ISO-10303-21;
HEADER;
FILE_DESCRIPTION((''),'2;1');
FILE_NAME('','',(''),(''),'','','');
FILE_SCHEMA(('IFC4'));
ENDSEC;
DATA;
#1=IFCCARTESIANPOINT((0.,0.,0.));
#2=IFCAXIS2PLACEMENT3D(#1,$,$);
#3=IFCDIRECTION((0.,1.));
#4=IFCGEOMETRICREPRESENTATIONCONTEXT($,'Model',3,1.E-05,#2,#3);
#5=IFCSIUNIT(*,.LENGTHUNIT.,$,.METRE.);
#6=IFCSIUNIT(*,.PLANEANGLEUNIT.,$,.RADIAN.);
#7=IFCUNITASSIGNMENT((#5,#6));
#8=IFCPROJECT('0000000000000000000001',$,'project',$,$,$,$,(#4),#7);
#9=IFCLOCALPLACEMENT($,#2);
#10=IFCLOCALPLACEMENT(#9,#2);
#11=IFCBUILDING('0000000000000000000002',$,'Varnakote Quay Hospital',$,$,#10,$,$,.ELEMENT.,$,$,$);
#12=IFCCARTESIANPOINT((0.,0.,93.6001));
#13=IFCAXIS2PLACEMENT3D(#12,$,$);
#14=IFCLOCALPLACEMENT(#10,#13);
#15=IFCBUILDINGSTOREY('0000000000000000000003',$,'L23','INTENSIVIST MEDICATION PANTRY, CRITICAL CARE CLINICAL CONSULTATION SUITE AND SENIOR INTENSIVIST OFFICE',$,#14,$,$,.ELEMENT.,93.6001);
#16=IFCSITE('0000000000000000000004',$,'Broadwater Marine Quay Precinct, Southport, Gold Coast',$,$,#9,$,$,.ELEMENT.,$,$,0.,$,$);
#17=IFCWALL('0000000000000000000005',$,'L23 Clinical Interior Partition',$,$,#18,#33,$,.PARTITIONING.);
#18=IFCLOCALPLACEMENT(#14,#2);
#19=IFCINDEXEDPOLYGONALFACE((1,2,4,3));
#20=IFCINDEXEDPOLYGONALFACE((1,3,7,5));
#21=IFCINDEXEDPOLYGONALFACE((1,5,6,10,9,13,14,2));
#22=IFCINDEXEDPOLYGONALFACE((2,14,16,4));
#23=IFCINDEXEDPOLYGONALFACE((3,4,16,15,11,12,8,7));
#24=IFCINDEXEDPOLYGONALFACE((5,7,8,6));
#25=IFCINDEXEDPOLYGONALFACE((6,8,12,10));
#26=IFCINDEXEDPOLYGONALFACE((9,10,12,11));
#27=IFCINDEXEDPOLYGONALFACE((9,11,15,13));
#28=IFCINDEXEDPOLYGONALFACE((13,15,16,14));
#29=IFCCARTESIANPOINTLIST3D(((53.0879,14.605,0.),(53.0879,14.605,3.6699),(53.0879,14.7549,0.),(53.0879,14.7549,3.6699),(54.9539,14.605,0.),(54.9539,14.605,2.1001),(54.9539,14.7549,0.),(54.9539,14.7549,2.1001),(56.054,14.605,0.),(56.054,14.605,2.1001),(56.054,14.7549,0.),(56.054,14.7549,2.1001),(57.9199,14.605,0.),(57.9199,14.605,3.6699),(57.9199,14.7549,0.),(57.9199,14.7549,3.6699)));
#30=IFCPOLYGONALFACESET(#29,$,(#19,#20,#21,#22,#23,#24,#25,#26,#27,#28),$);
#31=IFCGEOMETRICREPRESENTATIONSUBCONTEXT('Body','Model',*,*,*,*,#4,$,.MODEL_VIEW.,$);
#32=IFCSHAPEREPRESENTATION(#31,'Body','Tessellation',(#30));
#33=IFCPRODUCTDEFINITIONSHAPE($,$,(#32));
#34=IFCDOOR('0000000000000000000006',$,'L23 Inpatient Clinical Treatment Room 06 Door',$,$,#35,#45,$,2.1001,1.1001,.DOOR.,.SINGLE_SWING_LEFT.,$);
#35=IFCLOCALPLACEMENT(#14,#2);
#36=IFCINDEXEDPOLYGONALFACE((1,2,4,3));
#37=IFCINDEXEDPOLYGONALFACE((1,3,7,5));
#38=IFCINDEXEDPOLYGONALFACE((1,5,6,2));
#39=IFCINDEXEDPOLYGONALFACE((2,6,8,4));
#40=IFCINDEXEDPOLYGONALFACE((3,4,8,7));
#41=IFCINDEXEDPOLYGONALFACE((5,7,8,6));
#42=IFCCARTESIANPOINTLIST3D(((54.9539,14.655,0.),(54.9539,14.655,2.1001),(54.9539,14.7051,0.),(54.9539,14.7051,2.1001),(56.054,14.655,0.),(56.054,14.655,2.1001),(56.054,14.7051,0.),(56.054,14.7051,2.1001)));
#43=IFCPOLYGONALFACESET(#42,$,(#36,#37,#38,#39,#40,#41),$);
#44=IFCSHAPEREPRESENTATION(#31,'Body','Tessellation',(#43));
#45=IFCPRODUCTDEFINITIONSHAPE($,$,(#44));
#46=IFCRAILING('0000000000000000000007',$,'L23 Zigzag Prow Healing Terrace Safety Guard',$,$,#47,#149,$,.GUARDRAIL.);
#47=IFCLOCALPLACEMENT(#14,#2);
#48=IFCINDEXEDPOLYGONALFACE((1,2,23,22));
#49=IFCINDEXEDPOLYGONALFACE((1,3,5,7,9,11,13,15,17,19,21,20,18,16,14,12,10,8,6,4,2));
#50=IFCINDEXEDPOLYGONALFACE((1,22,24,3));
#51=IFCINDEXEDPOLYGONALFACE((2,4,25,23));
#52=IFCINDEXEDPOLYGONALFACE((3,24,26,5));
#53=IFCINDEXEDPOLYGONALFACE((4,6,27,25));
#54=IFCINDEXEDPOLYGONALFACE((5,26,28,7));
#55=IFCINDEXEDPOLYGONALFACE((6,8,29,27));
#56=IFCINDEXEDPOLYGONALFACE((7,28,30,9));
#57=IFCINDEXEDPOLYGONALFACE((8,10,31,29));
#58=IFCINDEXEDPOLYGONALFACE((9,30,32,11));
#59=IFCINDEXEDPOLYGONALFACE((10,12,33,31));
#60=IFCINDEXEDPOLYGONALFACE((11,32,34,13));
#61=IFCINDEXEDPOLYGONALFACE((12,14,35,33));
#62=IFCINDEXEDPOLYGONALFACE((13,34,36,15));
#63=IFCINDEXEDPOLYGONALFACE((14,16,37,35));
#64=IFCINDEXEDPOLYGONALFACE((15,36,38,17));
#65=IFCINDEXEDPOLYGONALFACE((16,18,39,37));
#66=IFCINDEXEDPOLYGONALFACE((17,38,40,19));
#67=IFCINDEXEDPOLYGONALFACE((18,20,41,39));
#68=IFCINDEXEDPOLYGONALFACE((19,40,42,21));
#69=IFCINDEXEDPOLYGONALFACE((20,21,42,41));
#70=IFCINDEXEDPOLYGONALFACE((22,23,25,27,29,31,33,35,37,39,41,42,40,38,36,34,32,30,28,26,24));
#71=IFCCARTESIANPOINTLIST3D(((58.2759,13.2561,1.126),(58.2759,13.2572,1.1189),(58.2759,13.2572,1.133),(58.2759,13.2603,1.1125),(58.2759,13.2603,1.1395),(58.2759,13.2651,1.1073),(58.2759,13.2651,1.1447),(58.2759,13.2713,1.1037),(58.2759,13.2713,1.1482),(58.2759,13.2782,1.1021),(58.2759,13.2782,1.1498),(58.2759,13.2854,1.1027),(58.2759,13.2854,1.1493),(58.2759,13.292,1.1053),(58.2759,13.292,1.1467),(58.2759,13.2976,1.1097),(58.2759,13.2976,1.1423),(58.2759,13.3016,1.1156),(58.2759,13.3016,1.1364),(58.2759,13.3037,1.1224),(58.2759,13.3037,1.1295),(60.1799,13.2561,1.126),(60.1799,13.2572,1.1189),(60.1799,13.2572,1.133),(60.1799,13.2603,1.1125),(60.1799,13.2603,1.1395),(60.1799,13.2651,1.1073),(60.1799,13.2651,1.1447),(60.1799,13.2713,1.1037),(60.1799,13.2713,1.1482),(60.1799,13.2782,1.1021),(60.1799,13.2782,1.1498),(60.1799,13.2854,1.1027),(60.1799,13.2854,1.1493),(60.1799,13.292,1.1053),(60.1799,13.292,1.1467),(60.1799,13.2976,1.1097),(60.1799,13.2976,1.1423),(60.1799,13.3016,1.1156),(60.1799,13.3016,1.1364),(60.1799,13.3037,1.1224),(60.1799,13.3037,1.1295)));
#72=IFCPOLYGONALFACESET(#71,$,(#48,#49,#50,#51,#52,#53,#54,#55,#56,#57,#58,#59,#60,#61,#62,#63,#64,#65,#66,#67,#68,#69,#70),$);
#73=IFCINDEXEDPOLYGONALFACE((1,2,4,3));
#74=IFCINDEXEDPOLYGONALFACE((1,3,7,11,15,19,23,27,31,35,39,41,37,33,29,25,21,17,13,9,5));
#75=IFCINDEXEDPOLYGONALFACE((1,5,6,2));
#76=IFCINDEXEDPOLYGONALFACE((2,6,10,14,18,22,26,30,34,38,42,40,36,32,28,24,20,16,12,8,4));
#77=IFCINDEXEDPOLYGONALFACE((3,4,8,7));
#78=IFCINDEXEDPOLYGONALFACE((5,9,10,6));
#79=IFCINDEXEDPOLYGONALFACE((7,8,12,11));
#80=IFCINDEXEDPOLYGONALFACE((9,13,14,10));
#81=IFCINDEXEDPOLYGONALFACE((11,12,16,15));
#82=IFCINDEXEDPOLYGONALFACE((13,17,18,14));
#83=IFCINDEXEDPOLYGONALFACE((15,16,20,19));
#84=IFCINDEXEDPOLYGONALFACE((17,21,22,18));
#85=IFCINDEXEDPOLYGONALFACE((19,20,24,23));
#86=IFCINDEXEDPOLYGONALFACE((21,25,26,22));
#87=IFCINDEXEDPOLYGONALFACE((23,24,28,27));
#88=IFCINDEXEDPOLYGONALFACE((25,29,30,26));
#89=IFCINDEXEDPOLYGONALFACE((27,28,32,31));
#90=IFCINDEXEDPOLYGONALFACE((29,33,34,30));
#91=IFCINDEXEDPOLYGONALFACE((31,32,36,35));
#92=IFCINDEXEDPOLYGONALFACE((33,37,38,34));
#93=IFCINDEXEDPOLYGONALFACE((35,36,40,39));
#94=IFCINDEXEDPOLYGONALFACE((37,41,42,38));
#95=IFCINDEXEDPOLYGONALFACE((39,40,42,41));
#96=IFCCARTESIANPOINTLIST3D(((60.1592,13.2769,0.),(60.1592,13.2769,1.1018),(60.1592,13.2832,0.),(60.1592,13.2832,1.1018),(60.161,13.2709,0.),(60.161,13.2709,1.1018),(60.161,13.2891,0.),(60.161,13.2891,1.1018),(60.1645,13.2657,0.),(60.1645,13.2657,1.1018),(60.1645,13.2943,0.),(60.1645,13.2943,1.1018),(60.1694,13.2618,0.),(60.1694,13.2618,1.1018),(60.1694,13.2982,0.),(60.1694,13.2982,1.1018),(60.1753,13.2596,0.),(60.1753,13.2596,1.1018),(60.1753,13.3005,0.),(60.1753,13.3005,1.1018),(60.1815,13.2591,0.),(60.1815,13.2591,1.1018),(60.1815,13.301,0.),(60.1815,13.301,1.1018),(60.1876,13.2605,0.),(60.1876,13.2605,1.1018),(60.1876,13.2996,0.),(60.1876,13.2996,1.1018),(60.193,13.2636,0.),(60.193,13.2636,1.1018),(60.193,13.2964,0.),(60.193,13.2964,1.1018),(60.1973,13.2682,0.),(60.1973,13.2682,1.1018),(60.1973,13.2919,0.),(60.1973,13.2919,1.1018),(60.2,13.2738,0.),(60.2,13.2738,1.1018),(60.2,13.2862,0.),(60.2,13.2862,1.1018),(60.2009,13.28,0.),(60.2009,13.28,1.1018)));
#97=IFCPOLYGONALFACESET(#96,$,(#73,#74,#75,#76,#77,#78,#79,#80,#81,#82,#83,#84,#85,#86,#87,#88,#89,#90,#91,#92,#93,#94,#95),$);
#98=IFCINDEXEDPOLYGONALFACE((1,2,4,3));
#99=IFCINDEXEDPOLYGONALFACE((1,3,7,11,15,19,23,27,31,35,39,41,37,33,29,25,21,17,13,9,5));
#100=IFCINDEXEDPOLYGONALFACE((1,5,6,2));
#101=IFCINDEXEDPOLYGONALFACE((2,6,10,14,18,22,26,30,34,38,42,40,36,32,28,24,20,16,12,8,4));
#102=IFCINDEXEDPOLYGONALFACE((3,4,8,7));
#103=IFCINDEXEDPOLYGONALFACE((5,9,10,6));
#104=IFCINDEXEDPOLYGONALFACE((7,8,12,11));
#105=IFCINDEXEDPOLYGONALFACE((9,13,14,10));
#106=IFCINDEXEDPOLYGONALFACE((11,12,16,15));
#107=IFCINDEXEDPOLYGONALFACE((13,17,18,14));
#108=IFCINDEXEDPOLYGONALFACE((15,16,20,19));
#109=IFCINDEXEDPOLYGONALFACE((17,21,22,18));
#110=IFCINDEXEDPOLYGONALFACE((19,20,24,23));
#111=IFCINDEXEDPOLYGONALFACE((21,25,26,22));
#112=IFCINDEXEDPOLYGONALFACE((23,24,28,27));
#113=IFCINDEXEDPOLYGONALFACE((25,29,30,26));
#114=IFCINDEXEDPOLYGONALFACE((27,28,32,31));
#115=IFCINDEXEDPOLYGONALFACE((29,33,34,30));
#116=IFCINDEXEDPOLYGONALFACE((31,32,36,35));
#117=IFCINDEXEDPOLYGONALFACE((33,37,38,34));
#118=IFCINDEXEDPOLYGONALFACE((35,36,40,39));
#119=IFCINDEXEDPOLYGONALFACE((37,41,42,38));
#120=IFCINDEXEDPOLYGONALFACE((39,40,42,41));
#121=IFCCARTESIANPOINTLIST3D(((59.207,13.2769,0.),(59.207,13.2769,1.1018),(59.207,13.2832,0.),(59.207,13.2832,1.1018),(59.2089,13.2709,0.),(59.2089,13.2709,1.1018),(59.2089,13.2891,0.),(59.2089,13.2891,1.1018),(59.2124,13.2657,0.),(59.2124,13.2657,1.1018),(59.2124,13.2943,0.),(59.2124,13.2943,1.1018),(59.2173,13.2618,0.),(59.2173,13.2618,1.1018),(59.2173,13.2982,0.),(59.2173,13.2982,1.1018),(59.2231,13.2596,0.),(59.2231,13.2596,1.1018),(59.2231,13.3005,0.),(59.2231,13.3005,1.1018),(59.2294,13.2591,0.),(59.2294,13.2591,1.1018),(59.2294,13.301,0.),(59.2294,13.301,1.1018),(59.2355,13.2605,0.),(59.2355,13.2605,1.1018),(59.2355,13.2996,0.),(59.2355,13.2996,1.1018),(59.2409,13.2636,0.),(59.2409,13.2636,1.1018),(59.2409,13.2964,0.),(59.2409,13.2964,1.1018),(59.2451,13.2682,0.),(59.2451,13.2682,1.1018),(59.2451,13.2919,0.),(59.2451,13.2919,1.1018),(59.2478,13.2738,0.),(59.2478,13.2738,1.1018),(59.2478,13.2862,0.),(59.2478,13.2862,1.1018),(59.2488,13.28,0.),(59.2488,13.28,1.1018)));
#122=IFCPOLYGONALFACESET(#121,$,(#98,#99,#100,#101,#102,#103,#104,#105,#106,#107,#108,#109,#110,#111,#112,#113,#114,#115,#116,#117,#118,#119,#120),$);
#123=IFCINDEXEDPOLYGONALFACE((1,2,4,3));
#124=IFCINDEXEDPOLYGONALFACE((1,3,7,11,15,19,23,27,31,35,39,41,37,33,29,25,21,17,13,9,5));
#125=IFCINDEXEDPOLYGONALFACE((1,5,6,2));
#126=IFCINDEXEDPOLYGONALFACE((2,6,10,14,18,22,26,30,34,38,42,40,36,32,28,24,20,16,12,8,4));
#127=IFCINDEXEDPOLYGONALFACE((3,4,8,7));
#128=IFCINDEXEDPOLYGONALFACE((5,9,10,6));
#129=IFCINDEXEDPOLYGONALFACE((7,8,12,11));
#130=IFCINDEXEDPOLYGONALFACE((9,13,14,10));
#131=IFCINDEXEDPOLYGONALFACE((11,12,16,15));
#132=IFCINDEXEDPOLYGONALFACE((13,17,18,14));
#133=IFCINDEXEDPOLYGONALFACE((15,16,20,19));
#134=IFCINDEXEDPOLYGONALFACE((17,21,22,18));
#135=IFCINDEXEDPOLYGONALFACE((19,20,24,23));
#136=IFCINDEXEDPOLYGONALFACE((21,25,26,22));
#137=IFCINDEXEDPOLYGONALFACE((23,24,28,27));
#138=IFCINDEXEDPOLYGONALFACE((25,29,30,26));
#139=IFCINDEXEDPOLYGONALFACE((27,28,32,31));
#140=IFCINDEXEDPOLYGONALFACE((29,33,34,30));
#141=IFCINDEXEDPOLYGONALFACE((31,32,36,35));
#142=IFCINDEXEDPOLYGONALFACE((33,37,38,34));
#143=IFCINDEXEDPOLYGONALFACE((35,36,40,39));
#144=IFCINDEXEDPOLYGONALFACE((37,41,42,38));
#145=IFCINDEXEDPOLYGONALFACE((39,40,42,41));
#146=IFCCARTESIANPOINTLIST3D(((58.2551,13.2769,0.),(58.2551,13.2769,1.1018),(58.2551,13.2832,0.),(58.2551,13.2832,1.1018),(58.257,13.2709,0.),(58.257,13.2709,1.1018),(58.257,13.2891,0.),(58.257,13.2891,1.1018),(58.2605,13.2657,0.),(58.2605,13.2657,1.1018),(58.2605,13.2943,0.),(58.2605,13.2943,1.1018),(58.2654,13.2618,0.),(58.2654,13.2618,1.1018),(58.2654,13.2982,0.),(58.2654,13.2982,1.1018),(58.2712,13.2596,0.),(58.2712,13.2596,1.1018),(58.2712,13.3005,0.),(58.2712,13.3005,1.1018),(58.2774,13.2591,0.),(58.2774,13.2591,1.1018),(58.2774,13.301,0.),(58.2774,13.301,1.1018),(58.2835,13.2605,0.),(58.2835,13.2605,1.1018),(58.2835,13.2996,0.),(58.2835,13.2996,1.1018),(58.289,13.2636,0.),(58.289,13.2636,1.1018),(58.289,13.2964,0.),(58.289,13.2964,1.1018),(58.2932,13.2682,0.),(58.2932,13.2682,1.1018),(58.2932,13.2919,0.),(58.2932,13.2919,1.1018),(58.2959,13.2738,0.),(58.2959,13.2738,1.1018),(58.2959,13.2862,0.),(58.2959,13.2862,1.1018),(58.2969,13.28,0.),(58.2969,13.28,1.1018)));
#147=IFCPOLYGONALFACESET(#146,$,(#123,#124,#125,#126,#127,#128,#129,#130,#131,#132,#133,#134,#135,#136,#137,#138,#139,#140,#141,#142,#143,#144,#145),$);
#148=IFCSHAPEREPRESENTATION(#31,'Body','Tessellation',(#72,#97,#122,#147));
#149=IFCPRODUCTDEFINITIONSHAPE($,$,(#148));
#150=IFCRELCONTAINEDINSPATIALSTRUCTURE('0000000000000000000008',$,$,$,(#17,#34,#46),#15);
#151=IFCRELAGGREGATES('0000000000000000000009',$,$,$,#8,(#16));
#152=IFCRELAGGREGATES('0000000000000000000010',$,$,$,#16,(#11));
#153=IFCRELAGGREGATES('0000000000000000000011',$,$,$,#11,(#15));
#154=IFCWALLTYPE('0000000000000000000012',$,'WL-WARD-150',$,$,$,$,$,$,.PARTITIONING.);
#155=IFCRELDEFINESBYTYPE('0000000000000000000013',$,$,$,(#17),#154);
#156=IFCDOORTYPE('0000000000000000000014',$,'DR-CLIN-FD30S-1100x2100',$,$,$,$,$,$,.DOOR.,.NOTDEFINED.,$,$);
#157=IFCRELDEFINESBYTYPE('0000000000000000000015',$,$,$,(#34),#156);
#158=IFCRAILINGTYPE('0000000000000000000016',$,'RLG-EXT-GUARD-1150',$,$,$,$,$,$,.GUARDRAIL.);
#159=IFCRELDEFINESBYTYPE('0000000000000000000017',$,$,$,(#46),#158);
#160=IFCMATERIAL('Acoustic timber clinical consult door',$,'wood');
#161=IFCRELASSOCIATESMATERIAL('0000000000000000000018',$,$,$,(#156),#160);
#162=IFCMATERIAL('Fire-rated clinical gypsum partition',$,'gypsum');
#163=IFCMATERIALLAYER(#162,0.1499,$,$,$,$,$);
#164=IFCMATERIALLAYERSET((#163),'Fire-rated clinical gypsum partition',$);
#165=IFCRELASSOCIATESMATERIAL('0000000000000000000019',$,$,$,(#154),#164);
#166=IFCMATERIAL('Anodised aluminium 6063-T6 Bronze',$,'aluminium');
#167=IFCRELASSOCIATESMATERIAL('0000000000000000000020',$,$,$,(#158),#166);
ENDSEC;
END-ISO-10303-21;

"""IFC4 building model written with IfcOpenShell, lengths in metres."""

from ifc_helpers import new_model, si_unit, direction, frame, frame_2d, origin, origin_2d, place, context, subcontext, project, spatial, rectangle, circle, extrude, material, layer, layer_set, type_object, element, fill, save


model = new_model("IFC4")

# Units and contexts
model_context = context("Model", 3, precision=1e-05, world=origin(), true_north=direction((0.0, 1.0)))
body_context = subcontext(model_context, "Body", "Model", "MODEL_VIEW")
ifc_project = project(units=[si_unit("LENGTHUNIT", "METRE"), si_unit("PLANEANGLEUNIT", "RADIAN")], contexts=[model_context])

# Site, building, storey
site_placement = place(None, origin())
site = spatial("IfcSite", under=ifc_project, at=site_placement, Name="Broadwater Marine Quay Precinct, Southport, Gold Coast", CompositionType="ELEMENT", RefElevation=0.0)
building_placement = place(site_placement, origin())
building = spatial("IfcBuilding", under=site, at=building_placement, Name="Varnakote Quay Hospital", CompositionType="ELEMENT")
storey_placement = place(building_placement, frame((0.0, 0.0, 93.6001)))
storey = spatial("IfcBuildingStorey", under=building, at=storey_placement, Name="L23", Description="INTENSIVIST MEDICATION PANTRY, CRITICAL CARE CLINICAL CONSULTATION SUITE AND SENIOR INTENSIVIST OFFICE", CompositionType="ELEMENT", Elevation=93.6001)

# Shared definitions
ifc_material_1 = material(Name="Acoustic timber clinical consult door", Category="wood")
door_type_1 = type_object("IfcDoorType", Name="DR-CLIN-FD30S-1100x2100", OperationType="NOTDEFINED", PredefinedType="DOOR", material=ifc_material_1)

# Wall, opening, door
ifc_material_2 = material(Name="Fire-rated clinical gypsum partition", Category="gypsum")
ifc_layer_1 = layer(ifc_material_2, 0.1499)
ifc_layer_set_1 = layer_set([ifc_layer_1], Name="Fire-rated clinical gypsum partition")
wall_type_1 = type_object("IfcWallType", Name="WL-WARD-150", PredefinedType="PARTITIONING", material=ifc_layer_set_1)
wall_1_placement = place(storey_placement, frame((57.9199, 14.6799, 0.0), z_axis=(0.0, 0.0, 1.0), x_axis=(-1.0, 0.0, 0.0)))
wall_1 = element("IfcWall", 1, at=wall_1_placement, inside=storey, type_object=wall_type_1, Name="L23 Clinical Interior Partition", PredefinedType="PARTITIONING", context=body_context, shape_type="SweptSolid", body=[
    extrude(rectangle(XDim=4.832, YDim=0.1499, at=frame_2d((2.416, 0.0))), origin(), (0.0, 0.0, 1.0), 3.6699),
])
opening_1_placement = place(wall_1_placement, frame((1.866, 0.0, 0.0)))
opening_1 = element("IfcOpeningElement", 2, at=opening_1_placement, cuts=wall_1, PredefinedType="OPENING", context=body_context, shape_type="SweptSolid", body=[
    extrude(rectangle(XDim=1.1001, YDim=2.1001, at=frame_2d((0.55, 1.05))), frame((0.0, 0.085, 0.0), z_axis=(0.0, -1.0, 0.0), x_axis=(1.0, 0.0, 0.0)), (0.0, 0.0, 1.0), 0.1699),
])
door_1_placement = place(opening_1_placement, origin())
door_1 = element("IfcDoor", 3, at=door_1_placement, inside=storey, type_object=door_type_1, Name="L23 Inpatient Clinical Treatment Room 06 Door", OperationType="SINGLE_SWING_LEFT", OverallHeight=2.1001, OverallWidth=1.1001, PredefinedType="DOOR", context=body_context, shape_type="SweptSolid", body=[
    extrude(rectangle(XDim=1.1001, YDim=2.1001, at=frame_2d((0.55, 1.05))), frame((0.0, 0.0249, 0.0), z_axis=(0.0, -1.0, 0.0), x_axis=(1.0, 0.0, 0.0)), (0.0, 0.0, 1.0), 0.05),
])
fill(opening_1, door_1)

# Railing
ifc_material_3 = material(Name="Anodised aluminium 6063-T6 Bronze", Category="aluminium")
railing_type = type_object("IfcRailingType", Name="RLG-EXT-GUARD-1150", PredefinedType="GUARDRAIL", material=ifc_material_3)
railing_1_placement = place(storey_placement, frame((60.1799, 13.28, 0.0)))
element("IfcRailing", 4, at=railing_1_placement, inside=storey, type_object=railing_type, Name="L23 Zigzag Prow Healing Terrace Safety Guard", PredefinedType="GUARDRAIL", context=body_context, shape_type="SweptSolid", body=[
    extrude(circle(Radius=0.0239, at=origin_2d()), frame((0.0, 0.0, 1.126), z_axis=(-1.0, 0.0, 0.0), x_axis=(0.0, -1.0, 0.0)), (0.0, 0.0, 1.0), 1.9041),
    extrude(circle(Radius=0.021, at=origin_2d()), origin(), (0.0, 0.0, 1.0), 1.1018),
    extrude(circle(Radius=0.021, at=origin_2d()), frame((-0.9521, 0.0, 0.0)), (0.0, 0.0, 1.0), 1.1018),
    extrude(circle(Radius=0.021, at=origin_2d()), frame((-1.9041, 0.0, 0.0)), (0.0, 0.0, 1.0), 1.1018),
])

save(model, "model.ifc")
